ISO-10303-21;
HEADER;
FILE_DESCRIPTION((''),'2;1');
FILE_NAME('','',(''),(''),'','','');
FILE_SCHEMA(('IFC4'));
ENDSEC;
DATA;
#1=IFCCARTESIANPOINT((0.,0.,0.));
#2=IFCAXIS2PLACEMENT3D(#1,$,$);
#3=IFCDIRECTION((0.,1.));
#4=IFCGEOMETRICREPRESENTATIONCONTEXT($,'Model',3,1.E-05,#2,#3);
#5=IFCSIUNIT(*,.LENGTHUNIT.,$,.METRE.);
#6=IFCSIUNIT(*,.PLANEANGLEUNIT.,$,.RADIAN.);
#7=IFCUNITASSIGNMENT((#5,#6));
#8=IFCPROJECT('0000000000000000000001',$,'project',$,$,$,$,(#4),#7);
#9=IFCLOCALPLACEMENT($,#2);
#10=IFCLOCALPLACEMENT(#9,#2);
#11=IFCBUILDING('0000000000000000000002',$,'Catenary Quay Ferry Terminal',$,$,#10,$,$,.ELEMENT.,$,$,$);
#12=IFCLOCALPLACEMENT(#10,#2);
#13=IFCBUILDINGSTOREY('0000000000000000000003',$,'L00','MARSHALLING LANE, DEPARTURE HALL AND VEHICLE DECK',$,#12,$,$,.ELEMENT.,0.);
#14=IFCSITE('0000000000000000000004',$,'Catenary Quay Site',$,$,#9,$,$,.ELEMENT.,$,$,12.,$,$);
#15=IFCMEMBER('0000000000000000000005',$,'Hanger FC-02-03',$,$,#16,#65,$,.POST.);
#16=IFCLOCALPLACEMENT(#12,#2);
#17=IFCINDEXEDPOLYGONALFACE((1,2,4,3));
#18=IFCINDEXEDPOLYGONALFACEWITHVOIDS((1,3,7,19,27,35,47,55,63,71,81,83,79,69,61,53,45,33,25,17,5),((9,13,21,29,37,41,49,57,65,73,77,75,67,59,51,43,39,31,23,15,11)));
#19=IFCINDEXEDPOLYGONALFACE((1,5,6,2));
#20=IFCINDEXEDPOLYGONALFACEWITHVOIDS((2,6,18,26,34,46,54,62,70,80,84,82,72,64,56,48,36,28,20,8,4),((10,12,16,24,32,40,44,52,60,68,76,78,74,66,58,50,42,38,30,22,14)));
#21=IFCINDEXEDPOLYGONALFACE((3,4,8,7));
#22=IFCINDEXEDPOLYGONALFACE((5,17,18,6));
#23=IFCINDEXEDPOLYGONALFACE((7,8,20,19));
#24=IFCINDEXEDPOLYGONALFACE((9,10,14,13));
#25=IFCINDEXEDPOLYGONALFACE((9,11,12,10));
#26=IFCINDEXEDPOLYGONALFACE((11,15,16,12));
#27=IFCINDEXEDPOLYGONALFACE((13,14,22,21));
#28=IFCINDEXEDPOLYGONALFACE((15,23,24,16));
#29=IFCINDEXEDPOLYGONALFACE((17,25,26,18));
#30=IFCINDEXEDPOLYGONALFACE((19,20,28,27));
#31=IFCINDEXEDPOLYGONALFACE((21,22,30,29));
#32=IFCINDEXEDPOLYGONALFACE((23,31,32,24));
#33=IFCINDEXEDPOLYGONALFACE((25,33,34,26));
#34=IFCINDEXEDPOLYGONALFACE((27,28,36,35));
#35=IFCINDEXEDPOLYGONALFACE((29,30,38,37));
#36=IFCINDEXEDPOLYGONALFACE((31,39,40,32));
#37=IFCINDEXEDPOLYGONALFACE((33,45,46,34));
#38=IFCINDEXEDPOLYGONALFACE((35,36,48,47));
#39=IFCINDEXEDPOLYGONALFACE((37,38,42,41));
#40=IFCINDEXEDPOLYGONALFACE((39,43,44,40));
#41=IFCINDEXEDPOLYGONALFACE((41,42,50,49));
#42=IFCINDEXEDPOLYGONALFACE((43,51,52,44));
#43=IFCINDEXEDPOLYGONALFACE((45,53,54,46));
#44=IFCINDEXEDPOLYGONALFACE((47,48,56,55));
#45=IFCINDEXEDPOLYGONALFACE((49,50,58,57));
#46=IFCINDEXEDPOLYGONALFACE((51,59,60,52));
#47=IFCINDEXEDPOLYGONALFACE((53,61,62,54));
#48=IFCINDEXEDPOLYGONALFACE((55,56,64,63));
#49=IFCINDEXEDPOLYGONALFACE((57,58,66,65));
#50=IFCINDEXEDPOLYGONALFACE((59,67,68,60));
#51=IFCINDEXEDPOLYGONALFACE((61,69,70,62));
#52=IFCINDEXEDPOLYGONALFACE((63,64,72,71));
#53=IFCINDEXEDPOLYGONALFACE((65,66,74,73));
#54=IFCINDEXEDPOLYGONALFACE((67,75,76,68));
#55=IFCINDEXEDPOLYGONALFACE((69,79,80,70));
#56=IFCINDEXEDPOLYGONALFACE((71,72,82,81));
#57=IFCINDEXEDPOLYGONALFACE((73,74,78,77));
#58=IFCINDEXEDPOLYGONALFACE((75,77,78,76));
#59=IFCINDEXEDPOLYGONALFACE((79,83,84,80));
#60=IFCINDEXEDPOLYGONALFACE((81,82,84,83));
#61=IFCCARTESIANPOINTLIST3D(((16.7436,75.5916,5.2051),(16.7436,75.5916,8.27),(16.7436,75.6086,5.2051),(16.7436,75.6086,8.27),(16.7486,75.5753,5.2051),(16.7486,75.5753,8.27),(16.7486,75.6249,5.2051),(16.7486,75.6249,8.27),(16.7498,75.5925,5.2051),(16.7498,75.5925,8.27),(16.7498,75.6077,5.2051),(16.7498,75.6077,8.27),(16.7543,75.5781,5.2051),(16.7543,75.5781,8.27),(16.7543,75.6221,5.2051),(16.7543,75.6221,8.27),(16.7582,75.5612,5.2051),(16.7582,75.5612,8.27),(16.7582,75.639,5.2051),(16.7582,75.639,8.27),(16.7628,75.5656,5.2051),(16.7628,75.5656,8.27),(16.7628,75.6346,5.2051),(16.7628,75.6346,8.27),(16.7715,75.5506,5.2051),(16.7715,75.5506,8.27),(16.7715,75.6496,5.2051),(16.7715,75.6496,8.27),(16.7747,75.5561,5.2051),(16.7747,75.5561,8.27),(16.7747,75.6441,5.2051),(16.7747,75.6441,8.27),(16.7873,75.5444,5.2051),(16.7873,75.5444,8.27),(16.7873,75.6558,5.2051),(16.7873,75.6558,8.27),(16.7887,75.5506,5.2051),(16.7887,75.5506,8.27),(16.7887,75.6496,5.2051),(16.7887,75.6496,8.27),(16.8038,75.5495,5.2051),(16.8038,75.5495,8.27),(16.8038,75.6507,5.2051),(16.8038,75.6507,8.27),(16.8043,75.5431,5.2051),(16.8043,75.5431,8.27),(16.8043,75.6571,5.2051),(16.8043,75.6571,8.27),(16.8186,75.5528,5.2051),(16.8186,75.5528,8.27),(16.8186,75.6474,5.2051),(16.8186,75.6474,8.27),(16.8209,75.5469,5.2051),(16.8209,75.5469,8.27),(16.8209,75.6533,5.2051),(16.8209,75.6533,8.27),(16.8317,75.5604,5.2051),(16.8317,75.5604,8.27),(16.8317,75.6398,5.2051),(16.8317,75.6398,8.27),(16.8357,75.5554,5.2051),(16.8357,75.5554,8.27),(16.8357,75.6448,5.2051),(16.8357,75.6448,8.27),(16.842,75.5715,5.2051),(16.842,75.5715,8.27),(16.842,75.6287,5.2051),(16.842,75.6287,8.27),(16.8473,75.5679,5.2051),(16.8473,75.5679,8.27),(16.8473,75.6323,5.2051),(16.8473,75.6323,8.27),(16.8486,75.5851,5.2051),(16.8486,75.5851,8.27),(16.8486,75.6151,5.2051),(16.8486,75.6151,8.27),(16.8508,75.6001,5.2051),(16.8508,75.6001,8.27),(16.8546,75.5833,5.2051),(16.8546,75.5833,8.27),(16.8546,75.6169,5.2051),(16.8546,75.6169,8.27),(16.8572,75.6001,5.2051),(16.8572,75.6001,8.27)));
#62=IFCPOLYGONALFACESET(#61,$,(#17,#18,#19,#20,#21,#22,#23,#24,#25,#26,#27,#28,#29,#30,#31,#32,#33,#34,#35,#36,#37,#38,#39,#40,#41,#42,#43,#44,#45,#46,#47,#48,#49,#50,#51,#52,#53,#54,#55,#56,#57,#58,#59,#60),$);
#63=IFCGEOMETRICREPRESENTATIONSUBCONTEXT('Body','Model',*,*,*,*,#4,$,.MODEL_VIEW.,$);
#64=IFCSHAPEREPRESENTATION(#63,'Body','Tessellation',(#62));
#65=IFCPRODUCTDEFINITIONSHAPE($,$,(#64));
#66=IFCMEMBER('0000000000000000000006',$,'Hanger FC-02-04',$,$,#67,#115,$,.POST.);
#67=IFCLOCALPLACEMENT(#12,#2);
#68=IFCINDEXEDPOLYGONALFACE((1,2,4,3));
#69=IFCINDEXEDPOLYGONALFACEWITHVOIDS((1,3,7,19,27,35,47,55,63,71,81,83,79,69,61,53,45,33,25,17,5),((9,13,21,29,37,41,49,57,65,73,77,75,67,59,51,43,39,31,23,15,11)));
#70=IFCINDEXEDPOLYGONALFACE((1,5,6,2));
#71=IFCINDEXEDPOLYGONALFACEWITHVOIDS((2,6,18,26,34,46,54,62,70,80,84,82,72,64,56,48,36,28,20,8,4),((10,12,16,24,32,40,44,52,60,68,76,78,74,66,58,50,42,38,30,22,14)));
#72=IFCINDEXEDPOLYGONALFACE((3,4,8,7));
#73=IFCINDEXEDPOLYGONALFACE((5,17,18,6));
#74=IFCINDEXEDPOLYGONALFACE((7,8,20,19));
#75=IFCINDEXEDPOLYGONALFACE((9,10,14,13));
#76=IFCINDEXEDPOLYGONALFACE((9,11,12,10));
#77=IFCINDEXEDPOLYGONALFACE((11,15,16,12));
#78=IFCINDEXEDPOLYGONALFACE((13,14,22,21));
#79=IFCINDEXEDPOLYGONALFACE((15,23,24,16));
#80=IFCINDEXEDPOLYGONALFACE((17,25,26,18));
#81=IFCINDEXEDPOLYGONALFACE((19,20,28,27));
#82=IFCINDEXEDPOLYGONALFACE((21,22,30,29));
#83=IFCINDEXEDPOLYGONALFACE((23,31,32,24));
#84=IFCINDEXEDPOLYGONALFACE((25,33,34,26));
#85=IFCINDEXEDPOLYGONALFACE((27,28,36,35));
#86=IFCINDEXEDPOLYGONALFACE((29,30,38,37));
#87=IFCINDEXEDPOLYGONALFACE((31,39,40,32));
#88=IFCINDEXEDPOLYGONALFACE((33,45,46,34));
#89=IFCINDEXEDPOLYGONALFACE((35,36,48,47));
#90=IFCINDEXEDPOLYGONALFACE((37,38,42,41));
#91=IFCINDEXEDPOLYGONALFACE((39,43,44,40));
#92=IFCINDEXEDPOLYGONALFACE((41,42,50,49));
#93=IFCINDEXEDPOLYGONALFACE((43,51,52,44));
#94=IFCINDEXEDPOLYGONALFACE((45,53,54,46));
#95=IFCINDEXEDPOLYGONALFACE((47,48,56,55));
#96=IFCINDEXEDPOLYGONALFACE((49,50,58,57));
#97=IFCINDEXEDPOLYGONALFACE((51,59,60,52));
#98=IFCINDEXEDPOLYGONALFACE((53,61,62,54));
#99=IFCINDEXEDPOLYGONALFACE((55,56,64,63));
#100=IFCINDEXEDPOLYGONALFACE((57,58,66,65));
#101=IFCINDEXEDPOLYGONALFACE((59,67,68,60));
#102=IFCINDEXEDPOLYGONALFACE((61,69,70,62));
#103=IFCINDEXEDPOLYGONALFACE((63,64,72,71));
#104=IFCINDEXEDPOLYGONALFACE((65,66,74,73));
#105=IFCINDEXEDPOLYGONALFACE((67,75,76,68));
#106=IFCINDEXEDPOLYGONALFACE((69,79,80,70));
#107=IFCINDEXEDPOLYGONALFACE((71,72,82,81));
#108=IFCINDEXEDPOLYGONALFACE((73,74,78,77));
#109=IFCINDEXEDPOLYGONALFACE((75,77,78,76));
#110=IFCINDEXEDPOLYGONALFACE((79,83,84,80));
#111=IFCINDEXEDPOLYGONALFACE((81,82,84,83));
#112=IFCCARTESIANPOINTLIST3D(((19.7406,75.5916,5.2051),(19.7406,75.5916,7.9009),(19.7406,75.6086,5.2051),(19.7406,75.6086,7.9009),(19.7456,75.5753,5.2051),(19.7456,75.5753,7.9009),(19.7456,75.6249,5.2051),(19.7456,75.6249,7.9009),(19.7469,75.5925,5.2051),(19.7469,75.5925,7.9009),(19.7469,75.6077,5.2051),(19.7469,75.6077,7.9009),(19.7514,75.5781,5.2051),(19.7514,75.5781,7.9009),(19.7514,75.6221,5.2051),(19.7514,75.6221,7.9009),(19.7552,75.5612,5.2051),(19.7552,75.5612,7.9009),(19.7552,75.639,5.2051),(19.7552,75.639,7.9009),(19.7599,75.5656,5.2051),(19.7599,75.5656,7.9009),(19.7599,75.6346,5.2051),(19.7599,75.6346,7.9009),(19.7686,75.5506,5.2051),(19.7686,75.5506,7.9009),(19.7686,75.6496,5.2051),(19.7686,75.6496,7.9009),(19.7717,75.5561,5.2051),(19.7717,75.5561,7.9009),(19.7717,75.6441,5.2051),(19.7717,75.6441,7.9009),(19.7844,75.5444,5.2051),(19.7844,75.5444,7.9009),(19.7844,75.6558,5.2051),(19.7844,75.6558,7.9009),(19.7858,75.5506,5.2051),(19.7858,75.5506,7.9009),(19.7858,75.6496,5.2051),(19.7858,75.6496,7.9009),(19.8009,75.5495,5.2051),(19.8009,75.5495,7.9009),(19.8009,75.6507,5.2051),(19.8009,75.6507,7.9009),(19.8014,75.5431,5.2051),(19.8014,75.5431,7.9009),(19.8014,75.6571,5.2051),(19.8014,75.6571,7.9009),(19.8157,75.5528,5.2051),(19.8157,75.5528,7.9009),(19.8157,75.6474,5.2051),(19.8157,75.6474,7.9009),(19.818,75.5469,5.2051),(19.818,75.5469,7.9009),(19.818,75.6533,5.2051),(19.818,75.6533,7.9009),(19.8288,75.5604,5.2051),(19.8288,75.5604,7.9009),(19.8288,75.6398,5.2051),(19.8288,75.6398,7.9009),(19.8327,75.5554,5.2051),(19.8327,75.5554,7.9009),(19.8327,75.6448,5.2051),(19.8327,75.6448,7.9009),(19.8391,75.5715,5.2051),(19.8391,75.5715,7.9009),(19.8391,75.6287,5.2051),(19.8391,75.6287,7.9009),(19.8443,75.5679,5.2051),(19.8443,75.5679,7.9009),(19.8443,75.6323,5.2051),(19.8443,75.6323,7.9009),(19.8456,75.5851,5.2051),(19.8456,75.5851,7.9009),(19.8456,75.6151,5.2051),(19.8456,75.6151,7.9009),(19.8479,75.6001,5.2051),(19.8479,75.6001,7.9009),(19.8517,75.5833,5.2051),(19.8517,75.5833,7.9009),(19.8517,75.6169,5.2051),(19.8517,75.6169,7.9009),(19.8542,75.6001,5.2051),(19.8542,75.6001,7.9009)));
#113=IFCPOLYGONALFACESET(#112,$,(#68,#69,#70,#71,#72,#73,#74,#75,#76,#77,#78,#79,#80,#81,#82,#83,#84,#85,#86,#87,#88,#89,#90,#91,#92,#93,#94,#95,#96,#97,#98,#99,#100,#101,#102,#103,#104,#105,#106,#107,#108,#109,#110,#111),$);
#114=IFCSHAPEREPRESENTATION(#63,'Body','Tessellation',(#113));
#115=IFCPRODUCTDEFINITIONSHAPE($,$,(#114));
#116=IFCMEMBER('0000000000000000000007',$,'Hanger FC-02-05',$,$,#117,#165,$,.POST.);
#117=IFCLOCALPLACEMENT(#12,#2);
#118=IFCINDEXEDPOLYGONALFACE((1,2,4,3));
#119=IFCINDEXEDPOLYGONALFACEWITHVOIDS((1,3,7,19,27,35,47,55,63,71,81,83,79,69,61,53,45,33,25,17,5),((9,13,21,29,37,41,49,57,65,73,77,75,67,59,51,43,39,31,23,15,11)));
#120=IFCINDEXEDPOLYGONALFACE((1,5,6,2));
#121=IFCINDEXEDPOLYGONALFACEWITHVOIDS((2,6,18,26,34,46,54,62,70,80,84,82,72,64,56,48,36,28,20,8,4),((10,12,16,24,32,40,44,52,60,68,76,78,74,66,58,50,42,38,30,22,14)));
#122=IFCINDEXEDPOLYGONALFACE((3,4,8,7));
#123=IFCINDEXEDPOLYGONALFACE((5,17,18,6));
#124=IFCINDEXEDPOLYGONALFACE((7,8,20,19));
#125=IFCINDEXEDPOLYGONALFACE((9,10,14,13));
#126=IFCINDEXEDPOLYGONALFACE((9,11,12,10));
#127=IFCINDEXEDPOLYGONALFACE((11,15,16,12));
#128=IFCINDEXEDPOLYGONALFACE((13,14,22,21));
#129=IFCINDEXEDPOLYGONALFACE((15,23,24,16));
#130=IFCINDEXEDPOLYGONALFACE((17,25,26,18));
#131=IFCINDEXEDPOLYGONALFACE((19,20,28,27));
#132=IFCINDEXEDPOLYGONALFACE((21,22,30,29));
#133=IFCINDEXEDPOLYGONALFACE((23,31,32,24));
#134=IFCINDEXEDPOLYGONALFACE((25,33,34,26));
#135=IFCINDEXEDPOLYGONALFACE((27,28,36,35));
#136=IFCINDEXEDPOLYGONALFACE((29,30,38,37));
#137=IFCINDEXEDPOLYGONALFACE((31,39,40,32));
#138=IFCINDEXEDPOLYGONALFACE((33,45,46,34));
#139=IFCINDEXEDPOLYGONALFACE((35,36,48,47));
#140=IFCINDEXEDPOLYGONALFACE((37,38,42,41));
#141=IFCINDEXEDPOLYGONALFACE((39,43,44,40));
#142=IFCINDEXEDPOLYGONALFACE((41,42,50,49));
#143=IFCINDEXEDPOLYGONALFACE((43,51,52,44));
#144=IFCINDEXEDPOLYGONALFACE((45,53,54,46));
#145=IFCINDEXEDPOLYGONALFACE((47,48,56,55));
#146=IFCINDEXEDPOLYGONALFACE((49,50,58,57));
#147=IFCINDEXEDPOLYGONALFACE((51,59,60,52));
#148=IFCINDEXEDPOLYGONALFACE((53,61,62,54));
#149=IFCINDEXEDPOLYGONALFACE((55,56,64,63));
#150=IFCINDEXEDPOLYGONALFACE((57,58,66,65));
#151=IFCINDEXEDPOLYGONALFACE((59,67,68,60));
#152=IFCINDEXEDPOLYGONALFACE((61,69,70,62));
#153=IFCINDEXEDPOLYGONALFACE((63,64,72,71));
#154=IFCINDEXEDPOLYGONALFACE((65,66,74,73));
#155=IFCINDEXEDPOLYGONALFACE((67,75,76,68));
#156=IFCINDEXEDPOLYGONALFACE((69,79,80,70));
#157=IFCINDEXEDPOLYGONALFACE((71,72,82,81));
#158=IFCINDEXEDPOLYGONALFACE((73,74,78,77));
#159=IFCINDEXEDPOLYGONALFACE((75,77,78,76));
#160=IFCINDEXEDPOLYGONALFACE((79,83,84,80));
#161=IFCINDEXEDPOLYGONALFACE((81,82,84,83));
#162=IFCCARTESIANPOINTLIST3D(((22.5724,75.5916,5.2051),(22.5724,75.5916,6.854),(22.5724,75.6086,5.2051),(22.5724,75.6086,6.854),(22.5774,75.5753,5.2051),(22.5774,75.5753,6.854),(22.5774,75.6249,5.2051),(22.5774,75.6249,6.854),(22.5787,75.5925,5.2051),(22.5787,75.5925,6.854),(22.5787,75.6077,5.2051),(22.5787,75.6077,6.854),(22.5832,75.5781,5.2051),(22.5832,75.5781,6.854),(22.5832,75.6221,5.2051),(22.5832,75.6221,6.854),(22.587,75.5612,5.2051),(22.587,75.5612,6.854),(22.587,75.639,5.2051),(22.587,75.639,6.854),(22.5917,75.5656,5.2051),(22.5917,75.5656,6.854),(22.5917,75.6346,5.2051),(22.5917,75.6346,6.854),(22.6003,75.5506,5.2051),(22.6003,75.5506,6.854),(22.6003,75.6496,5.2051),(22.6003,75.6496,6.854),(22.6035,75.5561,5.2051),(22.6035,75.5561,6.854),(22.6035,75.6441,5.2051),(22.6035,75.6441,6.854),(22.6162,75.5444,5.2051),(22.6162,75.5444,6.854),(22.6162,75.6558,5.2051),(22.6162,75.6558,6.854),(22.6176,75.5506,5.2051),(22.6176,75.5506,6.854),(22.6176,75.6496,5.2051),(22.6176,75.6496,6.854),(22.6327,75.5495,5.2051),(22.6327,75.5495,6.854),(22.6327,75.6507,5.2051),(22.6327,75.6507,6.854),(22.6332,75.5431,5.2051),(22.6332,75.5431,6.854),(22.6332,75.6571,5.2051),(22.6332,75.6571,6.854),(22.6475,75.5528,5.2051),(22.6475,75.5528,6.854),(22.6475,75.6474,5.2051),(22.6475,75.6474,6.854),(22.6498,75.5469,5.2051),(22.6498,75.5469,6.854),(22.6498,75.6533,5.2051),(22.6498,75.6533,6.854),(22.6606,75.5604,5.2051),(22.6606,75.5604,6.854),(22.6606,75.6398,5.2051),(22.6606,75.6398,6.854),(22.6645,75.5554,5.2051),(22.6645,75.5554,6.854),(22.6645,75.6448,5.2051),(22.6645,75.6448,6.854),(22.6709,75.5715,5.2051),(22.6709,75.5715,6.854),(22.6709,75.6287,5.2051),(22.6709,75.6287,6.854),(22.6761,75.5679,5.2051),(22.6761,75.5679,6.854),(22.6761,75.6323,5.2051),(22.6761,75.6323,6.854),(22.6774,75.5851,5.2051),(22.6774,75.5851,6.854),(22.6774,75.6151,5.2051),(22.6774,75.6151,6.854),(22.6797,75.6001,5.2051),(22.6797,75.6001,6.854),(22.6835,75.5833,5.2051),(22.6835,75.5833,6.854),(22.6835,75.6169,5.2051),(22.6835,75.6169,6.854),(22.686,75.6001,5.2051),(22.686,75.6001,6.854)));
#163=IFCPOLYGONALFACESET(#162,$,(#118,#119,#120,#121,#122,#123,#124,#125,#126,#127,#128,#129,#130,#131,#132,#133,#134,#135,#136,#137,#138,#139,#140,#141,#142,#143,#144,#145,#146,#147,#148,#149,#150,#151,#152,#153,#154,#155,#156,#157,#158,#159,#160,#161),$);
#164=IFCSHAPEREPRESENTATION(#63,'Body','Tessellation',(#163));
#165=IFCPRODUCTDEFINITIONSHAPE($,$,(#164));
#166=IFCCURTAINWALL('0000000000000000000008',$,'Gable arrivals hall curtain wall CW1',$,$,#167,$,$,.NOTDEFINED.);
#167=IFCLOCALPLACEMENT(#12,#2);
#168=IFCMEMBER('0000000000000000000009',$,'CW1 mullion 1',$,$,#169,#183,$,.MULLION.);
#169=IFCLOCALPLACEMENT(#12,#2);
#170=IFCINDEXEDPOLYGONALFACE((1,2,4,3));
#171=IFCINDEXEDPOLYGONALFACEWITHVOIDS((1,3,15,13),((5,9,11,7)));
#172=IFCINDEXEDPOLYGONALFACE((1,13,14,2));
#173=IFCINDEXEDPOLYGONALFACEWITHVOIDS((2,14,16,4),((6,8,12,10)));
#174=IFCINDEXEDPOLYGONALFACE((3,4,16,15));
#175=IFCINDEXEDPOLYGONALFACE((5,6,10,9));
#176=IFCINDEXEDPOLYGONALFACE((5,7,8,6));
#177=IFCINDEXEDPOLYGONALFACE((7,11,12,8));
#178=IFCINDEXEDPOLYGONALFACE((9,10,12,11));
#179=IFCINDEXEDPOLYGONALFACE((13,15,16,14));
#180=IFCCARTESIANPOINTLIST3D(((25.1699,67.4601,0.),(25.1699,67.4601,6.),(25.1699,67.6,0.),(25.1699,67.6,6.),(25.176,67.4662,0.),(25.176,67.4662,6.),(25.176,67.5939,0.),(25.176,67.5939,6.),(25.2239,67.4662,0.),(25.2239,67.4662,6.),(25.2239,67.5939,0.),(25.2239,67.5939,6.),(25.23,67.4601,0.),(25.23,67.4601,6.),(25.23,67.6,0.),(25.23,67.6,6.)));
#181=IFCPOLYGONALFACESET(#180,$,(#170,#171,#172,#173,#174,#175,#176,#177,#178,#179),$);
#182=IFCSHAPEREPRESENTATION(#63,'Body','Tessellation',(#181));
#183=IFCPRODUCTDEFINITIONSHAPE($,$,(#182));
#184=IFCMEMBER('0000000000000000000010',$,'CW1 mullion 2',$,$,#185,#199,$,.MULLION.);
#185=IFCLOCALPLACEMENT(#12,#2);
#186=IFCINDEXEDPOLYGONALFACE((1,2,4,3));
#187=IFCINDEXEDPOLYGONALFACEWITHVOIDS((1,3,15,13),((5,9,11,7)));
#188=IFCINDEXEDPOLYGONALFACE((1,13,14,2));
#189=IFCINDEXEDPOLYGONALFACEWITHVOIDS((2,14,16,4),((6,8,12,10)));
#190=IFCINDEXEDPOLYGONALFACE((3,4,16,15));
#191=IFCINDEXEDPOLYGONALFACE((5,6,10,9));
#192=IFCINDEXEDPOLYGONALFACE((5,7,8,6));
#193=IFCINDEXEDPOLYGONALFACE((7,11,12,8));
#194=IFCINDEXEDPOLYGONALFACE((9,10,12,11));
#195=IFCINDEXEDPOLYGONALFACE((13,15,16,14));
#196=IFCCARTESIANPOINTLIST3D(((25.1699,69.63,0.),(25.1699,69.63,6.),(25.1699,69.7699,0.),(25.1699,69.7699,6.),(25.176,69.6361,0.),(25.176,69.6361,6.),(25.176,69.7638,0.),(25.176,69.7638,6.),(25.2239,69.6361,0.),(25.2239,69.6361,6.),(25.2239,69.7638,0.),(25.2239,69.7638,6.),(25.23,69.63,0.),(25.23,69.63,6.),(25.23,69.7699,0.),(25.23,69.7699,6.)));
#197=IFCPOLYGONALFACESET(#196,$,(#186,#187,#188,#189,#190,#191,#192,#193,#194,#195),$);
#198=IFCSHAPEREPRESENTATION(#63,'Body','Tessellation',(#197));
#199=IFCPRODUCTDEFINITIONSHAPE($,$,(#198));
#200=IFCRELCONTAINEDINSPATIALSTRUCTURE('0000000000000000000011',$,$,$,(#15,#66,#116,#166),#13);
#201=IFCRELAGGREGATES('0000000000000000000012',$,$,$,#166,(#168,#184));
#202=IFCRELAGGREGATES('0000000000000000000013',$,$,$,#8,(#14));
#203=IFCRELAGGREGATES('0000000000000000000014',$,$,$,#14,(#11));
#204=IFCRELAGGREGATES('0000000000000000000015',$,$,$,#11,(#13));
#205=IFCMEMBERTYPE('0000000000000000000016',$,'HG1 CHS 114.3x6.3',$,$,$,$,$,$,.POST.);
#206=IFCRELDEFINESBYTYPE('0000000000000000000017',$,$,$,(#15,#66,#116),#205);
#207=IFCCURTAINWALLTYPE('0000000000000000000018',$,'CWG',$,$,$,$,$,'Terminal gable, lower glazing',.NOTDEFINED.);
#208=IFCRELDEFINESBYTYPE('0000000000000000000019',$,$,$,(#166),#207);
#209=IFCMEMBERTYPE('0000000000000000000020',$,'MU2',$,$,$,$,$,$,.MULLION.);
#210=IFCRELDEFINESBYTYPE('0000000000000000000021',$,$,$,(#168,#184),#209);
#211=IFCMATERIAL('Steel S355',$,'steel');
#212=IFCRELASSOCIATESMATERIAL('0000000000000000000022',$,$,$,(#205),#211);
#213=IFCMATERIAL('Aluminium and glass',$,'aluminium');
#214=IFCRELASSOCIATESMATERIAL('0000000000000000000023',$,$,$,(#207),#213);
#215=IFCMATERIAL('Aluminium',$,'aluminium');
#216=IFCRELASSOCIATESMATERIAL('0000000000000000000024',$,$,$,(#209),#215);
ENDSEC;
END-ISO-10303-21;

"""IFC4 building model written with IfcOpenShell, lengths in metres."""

from ifc_helpers import new_model, si_unit, direction, frame, origin, origin_2d, place, context, subcontext, project, spatial, hollow_rectangle, hollow_circle, extrude, material, material_profile, profile_set, type_object, element, aggregate, save


model = new_model("IFC4")

# Units and contexts
model_context = context("Model", 3, precision=1e-05, world=origin(), true_north=direction((0.0, 1.0)))
body_context = subcontext(model_context, "Body", "Model", "MODEL_VIEW")
ifc_project = project(units=[si_unit("LENGTHUNIT", "METRE"), si_unit("PLANEANGLEUNIT", "RADIAN")], contexts=[model_context])

# Site, building, storey
site_placement = place(None, origin())
site = spatial("IfcSite", under=ifc_project, at=site_placement, Name="Catenary Quay Site", CompositionType="ELEMENT", RefElevation=12.0)
building_placement = place(site_placement, origin())
building = spatial("IfcBuilding", under=site, at=building_placement, Name="Catenary Quay Ferry Terminal", CompositionType="ELEMENT")
storey_placement = place(building_placement, origin())
storey = spatial("IfcBuildingStorey", under=building, at=storey_placement, Name="L00", Description="MARSHALLING LANE, DEPARTURE HALL AND VEHICLE DECK", CompositionType="ELEMENT", Elevation=0.0)

# Members
ifc_material_1 = material(Name="Steel S355", Category="steel")
ifc_material_profile_1 = material_profile(ifc_material_1, hollow_circle(Radius=0.0571, WallThickness=0.0063, at=origin_2d()), Name="CHS 114.3x6.3")
ifc_profile_set_1 = profile_set([ifc_material_profile_1], Name="Steel S355")
member_type_1 = type_object("IfcMemberType", Name="HG1 CHS 114.3x6.3", PredefinedType="POST", material=ifc_profile_set_1)
member_1_placement = place(storey_placement, frame((16.8, 75.6001, 5.2051), z_axis=(0.0, 0.0, 1.0), x_axis=(1.0, 0.0, 0.0)))
element("IfcMember", 1, at=member_1_placement, inside=storey, type_object=member_type_1, Name="Hanger FC-02-03", PredefinedType="POST", context=body_context, shape_type="SweptSolid", body=[
    extrude(hollow_circle(Radius=0.0571, WallThickness=0.0063, at=origin_2d()), origin(), (0.0, 0.0, 1.0), 3.0649),
])
member_2_placement = place(storey_placement, frame((19.7971, 75.6001, 5.2051), z_axis=(0.0, 0.0, 1.0), x_axis=(1.0, 0.0, 0.0)))
element("IfcMember", 2, at=member_2_placement, inside=storey, type_object=member_type_1, Name="Hanger FC-02-04", PredefinedType="POST", context=body_context, shape_type="SweptSolid", body=[
    extrude(hollow_circle(Radius=0.0571, WallThickness=0.0063, at=origin_2d()), origin(), (0.0, 0.0, 1.0), 2.6958),
])
member_3_placement = place(storey_placement, frame((22.6289, 75.6001, 5.2051), z_axis=(0.0, 0.0, 1.0), x_axis=(1.0, 0.0, 0.0)))
element("IfcMember", 3, at=member_3_placement, inside=storey, type_object=member_type_1, Name="Hanger FC-02-05", PredefinedType="POST", context=body_context, shape_type="SweptSolid", body=[
    extrude(hollow_circle(Radius=0.0571, WallThickness=0.0063, at=origin_2d()), origin(), (0.0, 0.0, 1.0), 1.6489),
])

# Curtain wall, members
ifc_material_2 = material(Name="Aluminium and glass", Category="aluminium")
curtain_wall_type = type_object("IfcCurtainWallType", Name="CWG", ElementType="Terminal gable, lower glazing", PredefinedType="NOTDEFINED", material=ifc_material_2)
curtain_wall_placement = place(storey_placement, origin())
curtain_wall = element("IfcCurtainWall", 4, at=curtain_wall_placement, inside=storey, type_object=curtain_wall_type, Name="Gable arrivals hall curtain wall CW1", PredefinedType="NOTDEFINED")
ifc_material_3 = material(Name="Aluminium", Category="aluminium")
ifc_material_profile_2 = material_profile(ifc_material_3, hollow_rectangle(XDim=0.0601, YDim=0.1399, WallThickness=0.0061, at=origin_2d()), Name="MU2")
ifc_profile_set_2 = profile_set([ifc_material_profile_2], Name="Aluminium")
member_type_2 = type_object("IfcMemberType", Name="MU2", PredefinedType="MULLION", material=ifc_profile_set_2)
member_4_placement = place(storey_placement, frame((25.2, 67.53, 0.0), z_axis=(0.0, 0.0, 1.0), x_axis=(-1.0, 0.0, 0.0)))
member_4 = element("IfcMember", 5, at=member_4_placement, type_object=member_type_2, Name="CW1 mullion 1", PredefinedType="MULLION", context=body_context, shape_type="SweptSolid", body=[
    extrude(hollow_rectangle(XDim=0.0601, YDim=0.1399, WallThickness=0.0061, at=origin_2d()), origin(), (0.0, 0.0, 1.0), 6.0),
])
member_5_placement = place(storey_placement, frame((25.2, 69.7, 0.0), z_axis=(0.0, 0.0, 1.0), x_axis=(-1.0, 0.0, 0.0)))
member_5 = element("IfcMember", 6, at=member_5_placement, type_object=member_type_2, Name="CW1 mullion 2", PredefinedType="MULLION", context=body_context, shape_type="SweptSolid", body=[
    extrude(hollow_rectangle(XDim=0.0601, YDim=0.1399, WallThickness=0.0061, at=origin_2d()), origin(), (0.0, 0.0, 1.0), 6.0),
])

aggregate(curtain_wall, [member_4, member_5])

save(model, "model.ifc")
